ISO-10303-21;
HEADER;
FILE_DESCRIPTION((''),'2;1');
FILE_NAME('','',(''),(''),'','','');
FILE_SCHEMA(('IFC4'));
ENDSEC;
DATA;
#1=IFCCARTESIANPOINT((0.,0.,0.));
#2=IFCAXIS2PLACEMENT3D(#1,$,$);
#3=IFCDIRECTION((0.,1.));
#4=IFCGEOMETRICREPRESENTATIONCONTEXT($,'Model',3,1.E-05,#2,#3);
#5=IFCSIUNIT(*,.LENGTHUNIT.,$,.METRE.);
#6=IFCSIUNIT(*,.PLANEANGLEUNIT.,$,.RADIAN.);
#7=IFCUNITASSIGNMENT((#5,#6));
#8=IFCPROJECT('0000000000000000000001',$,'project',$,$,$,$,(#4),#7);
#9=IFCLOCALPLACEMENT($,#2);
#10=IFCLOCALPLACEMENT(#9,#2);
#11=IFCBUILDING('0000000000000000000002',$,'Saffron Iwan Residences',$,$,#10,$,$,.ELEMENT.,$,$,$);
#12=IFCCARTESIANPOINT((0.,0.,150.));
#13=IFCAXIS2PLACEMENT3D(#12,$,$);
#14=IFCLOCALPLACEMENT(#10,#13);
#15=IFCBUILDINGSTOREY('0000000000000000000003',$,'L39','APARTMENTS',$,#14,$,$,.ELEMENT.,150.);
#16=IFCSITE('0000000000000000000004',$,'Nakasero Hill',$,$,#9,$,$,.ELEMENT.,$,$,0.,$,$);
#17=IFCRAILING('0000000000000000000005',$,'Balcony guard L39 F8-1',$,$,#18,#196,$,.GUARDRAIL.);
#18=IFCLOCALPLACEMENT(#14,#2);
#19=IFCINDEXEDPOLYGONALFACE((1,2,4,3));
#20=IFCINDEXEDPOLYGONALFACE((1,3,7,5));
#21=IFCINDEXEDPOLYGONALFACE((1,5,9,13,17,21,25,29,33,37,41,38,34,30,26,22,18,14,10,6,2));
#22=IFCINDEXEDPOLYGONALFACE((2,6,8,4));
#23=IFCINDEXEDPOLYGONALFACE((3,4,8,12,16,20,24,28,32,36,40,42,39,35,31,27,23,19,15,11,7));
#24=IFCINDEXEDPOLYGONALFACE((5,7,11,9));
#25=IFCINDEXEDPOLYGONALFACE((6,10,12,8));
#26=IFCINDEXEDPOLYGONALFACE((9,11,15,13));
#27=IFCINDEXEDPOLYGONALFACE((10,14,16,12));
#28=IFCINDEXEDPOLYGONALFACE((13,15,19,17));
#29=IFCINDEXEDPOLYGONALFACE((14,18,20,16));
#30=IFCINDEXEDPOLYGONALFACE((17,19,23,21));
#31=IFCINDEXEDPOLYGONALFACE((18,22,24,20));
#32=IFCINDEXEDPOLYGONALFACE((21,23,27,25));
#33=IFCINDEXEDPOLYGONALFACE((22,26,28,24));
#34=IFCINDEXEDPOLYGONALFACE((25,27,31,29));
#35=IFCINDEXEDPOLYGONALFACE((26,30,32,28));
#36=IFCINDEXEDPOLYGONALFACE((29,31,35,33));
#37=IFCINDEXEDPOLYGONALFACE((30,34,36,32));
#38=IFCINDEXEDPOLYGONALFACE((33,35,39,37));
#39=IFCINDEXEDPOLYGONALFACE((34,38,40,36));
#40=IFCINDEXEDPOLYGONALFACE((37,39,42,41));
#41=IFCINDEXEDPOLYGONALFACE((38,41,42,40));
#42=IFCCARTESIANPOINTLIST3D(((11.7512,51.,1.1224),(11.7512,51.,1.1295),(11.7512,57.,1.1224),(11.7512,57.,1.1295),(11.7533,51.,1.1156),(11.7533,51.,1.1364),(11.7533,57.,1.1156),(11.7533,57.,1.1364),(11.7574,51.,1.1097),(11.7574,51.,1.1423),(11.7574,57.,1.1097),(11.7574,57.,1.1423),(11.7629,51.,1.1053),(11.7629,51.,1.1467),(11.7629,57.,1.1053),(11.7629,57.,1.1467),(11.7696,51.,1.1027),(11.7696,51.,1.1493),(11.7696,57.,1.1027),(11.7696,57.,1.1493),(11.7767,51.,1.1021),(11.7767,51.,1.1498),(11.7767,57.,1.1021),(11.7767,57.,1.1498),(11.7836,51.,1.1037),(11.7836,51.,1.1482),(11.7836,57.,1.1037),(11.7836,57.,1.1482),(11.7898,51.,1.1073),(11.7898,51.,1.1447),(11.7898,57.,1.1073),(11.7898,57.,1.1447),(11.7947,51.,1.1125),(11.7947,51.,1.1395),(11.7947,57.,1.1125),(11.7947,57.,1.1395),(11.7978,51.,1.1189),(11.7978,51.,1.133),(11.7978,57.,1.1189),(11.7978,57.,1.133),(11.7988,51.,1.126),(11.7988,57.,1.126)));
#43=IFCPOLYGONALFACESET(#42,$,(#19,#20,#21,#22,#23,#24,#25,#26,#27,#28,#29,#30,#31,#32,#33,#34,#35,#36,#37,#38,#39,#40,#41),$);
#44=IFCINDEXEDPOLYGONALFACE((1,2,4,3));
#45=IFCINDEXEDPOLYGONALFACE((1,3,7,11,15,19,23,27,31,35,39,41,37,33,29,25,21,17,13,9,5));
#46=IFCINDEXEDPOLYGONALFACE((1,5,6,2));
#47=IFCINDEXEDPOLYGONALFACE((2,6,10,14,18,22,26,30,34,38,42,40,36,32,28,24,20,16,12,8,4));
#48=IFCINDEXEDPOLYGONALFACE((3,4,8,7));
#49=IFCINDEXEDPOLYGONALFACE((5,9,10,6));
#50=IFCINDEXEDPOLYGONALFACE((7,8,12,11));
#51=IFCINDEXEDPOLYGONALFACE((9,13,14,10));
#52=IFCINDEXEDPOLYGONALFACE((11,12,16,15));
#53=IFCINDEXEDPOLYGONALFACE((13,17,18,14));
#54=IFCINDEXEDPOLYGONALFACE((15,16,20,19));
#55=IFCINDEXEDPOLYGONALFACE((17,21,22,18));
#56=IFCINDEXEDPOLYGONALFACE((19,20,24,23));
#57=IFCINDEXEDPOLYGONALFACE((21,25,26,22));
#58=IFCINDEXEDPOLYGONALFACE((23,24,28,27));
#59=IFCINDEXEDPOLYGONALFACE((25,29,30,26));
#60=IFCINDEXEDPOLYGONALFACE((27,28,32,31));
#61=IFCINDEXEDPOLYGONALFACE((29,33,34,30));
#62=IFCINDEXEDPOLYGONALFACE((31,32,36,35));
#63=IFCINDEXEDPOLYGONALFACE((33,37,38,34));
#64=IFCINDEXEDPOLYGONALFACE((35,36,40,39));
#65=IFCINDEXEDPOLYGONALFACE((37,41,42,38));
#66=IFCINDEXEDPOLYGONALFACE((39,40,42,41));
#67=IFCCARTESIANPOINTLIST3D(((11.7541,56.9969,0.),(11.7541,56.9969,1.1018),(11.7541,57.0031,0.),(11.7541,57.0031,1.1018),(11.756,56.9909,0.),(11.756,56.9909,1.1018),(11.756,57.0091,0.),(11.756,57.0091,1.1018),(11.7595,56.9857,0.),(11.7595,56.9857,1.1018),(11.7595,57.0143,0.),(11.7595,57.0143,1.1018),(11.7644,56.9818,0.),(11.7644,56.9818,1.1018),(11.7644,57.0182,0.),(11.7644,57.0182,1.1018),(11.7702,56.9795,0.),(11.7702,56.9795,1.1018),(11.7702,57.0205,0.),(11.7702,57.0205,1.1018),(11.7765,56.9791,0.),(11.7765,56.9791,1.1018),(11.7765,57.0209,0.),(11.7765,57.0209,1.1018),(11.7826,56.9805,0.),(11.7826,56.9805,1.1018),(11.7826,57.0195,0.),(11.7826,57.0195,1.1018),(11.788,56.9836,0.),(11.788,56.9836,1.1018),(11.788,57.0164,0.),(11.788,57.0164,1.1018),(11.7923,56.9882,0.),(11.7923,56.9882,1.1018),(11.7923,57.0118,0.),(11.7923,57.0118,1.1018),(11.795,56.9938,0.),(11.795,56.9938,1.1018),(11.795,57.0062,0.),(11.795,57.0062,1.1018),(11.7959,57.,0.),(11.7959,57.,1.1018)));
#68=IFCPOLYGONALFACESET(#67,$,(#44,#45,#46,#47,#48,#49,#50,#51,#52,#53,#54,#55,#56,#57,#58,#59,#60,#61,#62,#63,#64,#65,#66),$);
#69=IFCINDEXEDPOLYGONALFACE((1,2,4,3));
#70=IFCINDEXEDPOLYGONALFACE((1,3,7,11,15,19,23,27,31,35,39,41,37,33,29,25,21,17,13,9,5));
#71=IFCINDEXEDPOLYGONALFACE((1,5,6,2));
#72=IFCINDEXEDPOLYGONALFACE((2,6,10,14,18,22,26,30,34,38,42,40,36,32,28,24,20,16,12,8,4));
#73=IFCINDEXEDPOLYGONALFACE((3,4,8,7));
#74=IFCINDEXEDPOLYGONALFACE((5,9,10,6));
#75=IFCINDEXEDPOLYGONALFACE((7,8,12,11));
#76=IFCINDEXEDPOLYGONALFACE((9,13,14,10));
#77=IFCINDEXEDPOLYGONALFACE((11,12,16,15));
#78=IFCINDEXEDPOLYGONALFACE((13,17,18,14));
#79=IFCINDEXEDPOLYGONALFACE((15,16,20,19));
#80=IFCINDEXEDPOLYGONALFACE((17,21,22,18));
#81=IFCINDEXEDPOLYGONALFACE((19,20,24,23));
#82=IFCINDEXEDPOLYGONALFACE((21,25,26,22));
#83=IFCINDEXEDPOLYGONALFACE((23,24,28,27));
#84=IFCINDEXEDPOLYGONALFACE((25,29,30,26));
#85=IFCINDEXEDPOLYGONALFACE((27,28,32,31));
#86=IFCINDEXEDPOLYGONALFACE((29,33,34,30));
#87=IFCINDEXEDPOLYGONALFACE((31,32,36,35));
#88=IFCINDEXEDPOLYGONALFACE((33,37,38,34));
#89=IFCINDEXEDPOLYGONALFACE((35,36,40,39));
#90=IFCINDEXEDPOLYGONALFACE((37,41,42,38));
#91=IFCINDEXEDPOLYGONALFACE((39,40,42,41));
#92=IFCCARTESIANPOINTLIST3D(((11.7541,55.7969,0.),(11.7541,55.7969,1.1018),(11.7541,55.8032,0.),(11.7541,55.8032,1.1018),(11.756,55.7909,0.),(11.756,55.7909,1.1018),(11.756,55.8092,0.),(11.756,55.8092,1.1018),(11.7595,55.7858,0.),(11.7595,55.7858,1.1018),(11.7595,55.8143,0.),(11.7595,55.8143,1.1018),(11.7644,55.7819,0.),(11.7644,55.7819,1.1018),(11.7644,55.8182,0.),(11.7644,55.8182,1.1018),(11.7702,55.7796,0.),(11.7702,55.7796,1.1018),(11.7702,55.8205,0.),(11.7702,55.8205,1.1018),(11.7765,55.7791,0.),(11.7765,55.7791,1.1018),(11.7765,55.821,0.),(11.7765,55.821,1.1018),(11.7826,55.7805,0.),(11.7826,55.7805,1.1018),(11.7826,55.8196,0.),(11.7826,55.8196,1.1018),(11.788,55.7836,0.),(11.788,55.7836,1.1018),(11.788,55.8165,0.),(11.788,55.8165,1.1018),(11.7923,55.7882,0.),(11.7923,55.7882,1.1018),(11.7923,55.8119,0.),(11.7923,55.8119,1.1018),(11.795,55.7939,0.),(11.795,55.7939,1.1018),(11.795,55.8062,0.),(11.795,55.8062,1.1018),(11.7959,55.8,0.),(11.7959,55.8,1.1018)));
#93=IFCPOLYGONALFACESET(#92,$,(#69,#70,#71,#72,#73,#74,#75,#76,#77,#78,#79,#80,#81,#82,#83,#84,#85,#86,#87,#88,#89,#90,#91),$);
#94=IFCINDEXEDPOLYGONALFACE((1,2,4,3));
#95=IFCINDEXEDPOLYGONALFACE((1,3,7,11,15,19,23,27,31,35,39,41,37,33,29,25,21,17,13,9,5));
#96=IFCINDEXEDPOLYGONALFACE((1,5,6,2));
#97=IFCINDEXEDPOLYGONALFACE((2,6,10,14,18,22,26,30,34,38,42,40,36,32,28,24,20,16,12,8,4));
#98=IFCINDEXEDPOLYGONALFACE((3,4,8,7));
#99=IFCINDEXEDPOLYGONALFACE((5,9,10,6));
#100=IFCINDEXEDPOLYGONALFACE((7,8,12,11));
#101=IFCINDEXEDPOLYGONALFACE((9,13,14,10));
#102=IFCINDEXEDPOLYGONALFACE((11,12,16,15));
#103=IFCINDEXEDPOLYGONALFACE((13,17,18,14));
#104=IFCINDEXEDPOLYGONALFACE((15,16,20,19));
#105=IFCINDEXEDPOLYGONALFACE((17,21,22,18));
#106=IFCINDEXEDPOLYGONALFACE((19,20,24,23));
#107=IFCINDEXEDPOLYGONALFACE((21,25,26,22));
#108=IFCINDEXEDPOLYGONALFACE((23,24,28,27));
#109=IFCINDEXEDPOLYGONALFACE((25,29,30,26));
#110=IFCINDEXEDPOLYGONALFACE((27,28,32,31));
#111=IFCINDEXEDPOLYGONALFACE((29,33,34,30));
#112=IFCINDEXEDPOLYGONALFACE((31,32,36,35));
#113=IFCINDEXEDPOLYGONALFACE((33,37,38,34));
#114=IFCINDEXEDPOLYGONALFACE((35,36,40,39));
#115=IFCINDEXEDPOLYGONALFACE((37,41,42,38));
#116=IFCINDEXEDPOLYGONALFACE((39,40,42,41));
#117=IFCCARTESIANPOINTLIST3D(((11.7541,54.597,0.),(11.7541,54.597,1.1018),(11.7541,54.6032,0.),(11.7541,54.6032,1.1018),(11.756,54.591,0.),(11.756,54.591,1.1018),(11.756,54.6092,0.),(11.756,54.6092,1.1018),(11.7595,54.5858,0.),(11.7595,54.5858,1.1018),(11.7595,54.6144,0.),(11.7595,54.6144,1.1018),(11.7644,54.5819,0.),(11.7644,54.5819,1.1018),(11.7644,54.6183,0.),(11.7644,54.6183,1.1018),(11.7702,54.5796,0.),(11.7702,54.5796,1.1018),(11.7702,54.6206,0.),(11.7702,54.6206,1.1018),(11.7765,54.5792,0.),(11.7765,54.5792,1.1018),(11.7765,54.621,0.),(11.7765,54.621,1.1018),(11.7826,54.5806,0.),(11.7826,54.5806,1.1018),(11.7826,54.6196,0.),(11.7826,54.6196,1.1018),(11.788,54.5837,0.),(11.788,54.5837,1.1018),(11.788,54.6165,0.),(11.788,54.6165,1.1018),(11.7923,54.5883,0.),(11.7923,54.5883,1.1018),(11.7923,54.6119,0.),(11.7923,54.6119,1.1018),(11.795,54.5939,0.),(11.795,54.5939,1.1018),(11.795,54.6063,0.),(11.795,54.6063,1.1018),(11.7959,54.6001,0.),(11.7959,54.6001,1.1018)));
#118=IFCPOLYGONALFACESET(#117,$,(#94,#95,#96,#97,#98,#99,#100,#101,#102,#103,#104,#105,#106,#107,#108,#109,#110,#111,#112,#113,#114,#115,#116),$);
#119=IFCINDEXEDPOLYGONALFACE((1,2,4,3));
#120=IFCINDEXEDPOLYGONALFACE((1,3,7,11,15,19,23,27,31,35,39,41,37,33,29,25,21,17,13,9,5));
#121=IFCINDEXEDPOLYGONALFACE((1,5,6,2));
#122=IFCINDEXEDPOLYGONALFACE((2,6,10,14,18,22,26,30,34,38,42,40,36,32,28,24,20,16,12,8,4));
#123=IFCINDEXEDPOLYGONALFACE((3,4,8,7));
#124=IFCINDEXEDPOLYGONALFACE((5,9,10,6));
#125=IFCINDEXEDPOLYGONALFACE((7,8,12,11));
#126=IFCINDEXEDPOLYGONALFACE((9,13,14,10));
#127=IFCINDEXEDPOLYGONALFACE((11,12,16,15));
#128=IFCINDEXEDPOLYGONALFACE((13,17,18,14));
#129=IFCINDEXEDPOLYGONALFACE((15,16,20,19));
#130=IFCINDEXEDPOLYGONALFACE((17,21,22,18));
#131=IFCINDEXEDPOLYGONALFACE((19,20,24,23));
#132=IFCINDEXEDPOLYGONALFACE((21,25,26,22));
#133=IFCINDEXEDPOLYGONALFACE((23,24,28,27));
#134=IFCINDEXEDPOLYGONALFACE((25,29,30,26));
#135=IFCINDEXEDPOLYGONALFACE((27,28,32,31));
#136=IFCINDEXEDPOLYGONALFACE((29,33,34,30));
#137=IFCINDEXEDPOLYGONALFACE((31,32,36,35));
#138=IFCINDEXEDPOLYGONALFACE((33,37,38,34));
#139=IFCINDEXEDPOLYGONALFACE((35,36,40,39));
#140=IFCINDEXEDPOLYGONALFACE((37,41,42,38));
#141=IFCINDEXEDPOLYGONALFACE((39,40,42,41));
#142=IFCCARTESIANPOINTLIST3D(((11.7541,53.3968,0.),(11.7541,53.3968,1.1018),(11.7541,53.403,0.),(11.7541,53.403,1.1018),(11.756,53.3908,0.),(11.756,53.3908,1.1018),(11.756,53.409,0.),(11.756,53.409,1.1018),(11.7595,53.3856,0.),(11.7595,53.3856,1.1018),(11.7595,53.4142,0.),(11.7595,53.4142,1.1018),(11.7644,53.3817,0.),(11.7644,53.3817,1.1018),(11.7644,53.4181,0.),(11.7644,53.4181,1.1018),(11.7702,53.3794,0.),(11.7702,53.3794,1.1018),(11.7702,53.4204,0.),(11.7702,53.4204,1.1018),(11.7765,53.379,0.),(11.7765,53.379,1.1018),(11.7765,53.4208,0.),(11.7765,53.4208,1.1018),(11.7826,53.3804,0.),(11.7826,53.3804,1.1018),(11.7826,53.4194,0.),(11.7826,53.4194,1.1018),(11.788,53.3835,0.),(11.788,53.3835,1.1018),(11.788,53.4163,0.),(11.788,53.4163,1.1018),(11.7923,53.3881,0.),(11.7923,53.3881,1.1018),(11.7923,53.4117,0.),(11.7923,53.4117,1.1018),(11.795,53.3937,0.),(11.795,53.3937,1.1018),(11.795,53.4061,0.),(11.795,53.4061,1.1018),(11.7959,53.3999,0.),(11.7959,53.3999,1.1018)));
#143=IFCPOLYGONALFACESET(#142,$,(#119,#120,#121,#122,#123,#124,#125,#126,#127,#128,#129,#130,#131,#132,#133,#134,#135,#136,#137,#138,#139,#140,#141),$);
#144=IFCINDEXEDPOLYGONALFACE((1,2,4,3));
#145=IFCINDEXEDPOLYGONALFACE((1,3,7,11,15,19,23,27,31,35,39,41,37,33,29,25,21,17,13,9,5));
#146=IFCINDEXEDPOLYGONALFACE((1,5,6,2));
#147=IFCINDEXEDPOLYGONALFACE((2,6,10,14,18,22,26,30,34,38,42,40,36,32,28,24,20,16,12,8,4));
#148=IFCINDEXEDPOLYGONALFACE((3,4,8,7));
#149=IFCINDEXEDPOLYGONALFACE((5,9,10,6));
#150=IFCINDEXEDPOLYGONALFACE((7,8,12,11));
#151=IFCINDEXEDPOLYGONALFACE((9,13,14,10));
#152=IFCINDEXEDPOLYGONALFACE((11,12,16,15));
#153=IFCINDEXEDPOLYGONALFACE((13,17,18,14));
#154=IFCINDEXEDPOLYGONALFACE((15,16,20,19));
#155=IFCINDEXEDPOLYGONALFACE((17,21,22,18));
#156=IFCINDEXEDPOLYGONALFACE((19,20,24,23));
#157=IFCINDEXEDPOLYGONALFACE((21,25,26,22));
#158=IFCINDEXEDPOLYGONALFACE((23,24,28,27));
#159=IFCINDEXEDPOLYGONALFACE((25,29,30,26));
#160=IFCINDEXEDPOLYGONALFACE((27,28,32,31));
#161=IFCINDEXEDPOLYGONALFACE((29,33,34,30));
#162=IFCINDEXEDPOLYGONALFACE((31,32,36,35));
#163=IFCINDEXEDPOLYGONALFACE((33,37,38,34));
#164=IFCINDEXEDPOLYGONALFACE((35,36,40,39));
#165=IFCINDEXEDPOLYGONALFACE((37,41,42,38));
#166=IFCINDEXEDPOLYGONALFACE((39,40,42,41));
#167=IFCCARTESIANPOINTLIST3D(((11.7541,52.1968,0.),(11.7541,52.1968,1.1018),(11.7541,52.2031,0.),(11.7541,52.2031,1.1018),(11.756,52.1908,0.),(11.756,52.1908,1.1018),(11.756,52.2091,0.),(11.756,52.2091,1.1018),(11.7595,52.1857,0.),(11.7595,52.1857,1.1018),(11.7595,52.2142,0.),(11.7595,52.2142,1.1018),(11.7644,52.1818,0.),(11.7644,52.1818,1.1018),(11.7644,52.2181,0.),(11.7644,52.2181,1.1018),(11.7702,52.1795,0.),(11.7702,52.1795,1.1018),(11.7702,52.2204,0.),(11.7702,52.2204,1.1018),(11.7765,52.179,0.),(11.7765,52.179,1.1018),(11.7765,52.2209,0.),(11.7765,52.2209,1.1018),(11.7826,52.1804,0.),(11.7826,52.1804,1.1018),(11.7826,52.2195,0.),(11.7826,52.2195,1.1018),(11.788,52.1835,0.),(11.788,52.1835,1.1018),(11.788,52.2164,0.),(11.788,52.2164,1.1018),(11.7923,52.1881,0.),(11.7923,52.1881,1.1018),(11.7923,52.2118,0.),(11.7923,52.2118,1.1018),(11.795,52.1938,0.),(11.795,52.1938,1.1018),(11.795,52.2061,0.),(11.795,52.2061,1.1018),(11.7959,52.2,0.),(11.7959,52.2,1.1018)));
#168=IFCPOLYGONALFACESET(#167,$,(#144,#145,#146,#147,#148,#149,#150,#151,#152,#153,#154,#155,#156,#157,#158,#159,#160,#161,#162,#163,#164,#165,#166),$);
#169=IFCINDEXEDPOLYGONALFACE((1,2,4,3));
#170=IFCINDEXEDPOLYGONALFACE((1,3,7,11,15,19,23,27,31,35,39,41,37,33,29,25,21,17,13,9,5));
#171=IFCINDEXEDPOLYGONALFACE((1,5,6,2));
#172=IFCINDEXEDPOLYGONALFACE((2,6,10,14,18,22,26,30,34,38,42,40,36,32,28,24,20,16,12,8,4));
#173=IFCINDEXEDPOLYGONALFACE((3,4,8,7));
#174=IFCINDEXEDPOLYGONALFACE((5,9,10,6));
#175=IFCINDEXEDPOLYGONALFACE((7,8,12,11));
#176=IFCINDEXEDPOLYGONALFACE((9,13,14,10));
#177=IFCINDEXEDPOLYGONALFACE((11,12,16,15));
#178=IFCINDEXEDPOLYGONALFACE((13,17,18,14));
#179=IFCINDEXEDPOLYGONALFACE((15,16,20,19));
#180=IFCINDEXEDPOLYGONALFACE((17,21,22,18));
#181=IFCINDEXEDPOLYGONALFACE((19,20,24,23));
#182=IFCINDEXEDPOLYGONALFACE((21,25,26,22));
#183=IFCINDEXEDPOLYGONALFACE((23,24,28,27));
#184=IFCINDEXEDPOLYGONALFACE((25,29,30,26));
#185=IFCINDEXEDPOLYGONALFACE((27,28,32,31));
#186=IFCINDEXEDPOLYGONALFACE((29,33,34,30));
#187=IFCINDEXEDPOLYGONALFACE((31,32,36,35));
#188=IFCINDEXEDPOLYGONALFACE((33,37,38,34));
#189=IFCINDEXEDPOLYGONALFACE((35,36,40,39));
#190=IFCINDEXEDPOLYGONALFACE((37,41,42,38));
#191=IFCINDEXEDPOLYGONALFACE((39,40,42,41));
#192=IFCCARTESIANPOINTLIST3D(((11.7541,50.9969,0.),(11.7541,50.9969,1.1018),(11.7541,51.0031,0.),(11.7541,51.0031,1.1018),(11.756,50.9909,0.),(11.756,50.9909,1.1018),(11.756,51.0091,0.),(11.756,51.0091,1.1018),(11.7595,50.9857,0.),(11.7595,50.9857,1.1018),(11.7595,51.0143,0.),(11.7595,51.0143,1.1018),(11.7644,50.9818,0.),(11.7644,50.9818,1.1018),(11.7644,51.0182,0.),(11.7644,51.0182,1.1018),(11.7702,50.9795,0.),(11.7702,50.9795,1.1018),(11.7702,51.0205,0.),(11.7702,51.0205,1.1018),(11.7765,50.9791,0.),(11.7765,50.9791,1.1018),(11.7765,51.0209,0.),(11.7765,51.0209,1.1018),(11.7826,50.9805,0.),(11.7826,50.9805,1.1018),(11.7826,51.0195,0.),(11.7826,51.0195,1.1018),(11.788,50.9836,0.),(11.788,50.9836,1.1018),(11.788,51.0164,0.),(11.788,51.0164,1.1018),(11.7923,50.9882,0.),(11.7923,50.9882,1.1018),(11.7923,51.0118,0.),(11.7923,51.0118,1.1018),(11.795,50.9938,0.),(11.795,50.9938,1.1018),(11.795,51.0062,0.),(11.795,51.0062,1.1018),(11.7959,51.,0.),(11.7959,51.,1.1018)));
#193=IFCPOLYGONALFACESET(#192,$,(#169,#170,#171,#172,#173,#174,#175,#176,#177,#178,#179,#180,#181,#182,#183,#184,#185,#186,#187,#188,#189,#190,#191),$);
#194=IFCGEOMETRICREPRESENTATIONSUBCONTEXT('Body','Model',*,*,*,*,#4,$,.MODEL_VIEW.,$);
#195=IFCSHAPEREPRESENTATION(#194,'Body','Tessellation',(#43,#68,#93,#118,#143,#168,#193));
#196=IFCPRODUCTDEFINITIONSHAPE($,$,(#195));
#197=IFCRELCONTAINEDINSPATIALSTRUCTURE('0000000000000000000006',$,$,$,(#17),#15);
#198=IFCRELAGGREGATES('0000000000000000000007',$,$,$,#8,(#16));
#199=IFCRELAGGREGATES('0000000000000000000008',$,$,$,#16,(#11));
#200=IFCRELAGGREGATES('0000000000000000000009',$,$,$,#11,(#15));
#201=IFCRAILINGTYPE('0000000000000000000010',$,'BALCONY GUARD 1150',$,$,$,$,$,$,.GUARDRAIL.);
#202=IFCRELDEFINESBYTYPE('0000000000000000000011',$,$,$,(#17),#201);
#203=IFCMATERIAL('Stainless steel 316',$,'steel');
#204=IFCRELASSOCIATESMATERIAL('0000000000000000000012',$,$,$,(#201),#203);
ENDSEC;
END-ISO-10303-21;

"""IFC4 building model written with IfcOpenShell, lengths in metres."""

from ifc_helpers import new_model, si_unit, direction, frame, origin, origin_2d, place, context, subcontext, project, spatial, circle, extrude, material, type_object, element, save


model = new_model("IFC4")

# Units and contexts
model_context = context("Model", 3, precision=1e-05, world=origin(), true_north=direction((0.0, 1.0)))
body_context = subcontext(model_context, "Body", "Model", "MODEL_VIEW")
ifc_project = project(units=[si_unit("LENGTHUNIT", "METRE"), si_unit("PLANEANGLEUNIT", "RADIAN")], contexts=[model_context])

# Site, building, storey
site_placement = place(None, origin())
site = spatial("IfcSite", under=ifc_project, at=site_placement, Name="Nakasero Hill", CompositionType="ELEMENT", RefElevation=0.0)
building_placement = place(site_placement, origin())
building = spatial("IfcBuilding", under=site, at=building_placement, Name="Saffron Iwan Residences", CompositionType="ELEMENT")
storey_placement = place(building_placement, frame((0.0, 0.0, 150.0)))
storey = spatial("IfcBuildingStorey", under=building, at=storey_placement, Name="L39", Description="APARTMENTS", CompositionType="ELEMENT", Elevation=150.0)

# Railing
ifc_material_1 = material(Name="Stainless steel 316", Category="steel")
railing_type = type_object("IfcRailingType", Name="BALCONY GUARD 1150", PredefinedType="GUARDRAIL", material=ifc_material_1)
railing_placement = place(storey_placement, frame((11.7749, 57.0, 0.0)))
element("IfcRailing", 1, at=railing_placement, inside=storey, type_object=railing_type, Name="Balcony guard L39 F8-1", PredefinedType="GUARDRAIL", context=body_context, shape_type="SweptSolid", body=[
    extrude(circle(Radius=0.0239, at=origin_2d()), frame((0.0, 0.0, 1.126), z_axis=(0.0, -1.0, 0.0), x_axis=(1.0, 0.0, 0.0)), (0.0, 0.0, 1.0), 6.0),
    extrude(circle(Radius=0.021, at=origin_2d()), origin(), (0.0, 0.0, 1.0), 1.1018),
    extrude(circle(Radius=0.021, at=origin_2d()), frame((0.0, -1.2, 0.0)), (0.0, 0.0, 1.0), 1.1018),
    extrude(circle(Radius=0.021, at=origin_2d()), frame((0.0, -2.3999, 0.0)), (0.0, 0.0, 1.0), 1.1018),
    extrude(circle(Radius=0.021, at=origin_2d()), frame((0.0, -3.6001, 0.0)), (0.0, 0.0, 1.0), 1.1018),
    extrude(circle(Radius=0.021, at=origin_2d()), frame((0.0, -4.8, 0.0)), (0.0, 0.0, 1.0), 1.1018),
    extrude(circle(Radius=0.021, at=origin_2d()), frame((0.0, -6.0, 0.0)), (0.0, 0.0, 1.0), 1.1018),
])

save(model, "model.ifc")
